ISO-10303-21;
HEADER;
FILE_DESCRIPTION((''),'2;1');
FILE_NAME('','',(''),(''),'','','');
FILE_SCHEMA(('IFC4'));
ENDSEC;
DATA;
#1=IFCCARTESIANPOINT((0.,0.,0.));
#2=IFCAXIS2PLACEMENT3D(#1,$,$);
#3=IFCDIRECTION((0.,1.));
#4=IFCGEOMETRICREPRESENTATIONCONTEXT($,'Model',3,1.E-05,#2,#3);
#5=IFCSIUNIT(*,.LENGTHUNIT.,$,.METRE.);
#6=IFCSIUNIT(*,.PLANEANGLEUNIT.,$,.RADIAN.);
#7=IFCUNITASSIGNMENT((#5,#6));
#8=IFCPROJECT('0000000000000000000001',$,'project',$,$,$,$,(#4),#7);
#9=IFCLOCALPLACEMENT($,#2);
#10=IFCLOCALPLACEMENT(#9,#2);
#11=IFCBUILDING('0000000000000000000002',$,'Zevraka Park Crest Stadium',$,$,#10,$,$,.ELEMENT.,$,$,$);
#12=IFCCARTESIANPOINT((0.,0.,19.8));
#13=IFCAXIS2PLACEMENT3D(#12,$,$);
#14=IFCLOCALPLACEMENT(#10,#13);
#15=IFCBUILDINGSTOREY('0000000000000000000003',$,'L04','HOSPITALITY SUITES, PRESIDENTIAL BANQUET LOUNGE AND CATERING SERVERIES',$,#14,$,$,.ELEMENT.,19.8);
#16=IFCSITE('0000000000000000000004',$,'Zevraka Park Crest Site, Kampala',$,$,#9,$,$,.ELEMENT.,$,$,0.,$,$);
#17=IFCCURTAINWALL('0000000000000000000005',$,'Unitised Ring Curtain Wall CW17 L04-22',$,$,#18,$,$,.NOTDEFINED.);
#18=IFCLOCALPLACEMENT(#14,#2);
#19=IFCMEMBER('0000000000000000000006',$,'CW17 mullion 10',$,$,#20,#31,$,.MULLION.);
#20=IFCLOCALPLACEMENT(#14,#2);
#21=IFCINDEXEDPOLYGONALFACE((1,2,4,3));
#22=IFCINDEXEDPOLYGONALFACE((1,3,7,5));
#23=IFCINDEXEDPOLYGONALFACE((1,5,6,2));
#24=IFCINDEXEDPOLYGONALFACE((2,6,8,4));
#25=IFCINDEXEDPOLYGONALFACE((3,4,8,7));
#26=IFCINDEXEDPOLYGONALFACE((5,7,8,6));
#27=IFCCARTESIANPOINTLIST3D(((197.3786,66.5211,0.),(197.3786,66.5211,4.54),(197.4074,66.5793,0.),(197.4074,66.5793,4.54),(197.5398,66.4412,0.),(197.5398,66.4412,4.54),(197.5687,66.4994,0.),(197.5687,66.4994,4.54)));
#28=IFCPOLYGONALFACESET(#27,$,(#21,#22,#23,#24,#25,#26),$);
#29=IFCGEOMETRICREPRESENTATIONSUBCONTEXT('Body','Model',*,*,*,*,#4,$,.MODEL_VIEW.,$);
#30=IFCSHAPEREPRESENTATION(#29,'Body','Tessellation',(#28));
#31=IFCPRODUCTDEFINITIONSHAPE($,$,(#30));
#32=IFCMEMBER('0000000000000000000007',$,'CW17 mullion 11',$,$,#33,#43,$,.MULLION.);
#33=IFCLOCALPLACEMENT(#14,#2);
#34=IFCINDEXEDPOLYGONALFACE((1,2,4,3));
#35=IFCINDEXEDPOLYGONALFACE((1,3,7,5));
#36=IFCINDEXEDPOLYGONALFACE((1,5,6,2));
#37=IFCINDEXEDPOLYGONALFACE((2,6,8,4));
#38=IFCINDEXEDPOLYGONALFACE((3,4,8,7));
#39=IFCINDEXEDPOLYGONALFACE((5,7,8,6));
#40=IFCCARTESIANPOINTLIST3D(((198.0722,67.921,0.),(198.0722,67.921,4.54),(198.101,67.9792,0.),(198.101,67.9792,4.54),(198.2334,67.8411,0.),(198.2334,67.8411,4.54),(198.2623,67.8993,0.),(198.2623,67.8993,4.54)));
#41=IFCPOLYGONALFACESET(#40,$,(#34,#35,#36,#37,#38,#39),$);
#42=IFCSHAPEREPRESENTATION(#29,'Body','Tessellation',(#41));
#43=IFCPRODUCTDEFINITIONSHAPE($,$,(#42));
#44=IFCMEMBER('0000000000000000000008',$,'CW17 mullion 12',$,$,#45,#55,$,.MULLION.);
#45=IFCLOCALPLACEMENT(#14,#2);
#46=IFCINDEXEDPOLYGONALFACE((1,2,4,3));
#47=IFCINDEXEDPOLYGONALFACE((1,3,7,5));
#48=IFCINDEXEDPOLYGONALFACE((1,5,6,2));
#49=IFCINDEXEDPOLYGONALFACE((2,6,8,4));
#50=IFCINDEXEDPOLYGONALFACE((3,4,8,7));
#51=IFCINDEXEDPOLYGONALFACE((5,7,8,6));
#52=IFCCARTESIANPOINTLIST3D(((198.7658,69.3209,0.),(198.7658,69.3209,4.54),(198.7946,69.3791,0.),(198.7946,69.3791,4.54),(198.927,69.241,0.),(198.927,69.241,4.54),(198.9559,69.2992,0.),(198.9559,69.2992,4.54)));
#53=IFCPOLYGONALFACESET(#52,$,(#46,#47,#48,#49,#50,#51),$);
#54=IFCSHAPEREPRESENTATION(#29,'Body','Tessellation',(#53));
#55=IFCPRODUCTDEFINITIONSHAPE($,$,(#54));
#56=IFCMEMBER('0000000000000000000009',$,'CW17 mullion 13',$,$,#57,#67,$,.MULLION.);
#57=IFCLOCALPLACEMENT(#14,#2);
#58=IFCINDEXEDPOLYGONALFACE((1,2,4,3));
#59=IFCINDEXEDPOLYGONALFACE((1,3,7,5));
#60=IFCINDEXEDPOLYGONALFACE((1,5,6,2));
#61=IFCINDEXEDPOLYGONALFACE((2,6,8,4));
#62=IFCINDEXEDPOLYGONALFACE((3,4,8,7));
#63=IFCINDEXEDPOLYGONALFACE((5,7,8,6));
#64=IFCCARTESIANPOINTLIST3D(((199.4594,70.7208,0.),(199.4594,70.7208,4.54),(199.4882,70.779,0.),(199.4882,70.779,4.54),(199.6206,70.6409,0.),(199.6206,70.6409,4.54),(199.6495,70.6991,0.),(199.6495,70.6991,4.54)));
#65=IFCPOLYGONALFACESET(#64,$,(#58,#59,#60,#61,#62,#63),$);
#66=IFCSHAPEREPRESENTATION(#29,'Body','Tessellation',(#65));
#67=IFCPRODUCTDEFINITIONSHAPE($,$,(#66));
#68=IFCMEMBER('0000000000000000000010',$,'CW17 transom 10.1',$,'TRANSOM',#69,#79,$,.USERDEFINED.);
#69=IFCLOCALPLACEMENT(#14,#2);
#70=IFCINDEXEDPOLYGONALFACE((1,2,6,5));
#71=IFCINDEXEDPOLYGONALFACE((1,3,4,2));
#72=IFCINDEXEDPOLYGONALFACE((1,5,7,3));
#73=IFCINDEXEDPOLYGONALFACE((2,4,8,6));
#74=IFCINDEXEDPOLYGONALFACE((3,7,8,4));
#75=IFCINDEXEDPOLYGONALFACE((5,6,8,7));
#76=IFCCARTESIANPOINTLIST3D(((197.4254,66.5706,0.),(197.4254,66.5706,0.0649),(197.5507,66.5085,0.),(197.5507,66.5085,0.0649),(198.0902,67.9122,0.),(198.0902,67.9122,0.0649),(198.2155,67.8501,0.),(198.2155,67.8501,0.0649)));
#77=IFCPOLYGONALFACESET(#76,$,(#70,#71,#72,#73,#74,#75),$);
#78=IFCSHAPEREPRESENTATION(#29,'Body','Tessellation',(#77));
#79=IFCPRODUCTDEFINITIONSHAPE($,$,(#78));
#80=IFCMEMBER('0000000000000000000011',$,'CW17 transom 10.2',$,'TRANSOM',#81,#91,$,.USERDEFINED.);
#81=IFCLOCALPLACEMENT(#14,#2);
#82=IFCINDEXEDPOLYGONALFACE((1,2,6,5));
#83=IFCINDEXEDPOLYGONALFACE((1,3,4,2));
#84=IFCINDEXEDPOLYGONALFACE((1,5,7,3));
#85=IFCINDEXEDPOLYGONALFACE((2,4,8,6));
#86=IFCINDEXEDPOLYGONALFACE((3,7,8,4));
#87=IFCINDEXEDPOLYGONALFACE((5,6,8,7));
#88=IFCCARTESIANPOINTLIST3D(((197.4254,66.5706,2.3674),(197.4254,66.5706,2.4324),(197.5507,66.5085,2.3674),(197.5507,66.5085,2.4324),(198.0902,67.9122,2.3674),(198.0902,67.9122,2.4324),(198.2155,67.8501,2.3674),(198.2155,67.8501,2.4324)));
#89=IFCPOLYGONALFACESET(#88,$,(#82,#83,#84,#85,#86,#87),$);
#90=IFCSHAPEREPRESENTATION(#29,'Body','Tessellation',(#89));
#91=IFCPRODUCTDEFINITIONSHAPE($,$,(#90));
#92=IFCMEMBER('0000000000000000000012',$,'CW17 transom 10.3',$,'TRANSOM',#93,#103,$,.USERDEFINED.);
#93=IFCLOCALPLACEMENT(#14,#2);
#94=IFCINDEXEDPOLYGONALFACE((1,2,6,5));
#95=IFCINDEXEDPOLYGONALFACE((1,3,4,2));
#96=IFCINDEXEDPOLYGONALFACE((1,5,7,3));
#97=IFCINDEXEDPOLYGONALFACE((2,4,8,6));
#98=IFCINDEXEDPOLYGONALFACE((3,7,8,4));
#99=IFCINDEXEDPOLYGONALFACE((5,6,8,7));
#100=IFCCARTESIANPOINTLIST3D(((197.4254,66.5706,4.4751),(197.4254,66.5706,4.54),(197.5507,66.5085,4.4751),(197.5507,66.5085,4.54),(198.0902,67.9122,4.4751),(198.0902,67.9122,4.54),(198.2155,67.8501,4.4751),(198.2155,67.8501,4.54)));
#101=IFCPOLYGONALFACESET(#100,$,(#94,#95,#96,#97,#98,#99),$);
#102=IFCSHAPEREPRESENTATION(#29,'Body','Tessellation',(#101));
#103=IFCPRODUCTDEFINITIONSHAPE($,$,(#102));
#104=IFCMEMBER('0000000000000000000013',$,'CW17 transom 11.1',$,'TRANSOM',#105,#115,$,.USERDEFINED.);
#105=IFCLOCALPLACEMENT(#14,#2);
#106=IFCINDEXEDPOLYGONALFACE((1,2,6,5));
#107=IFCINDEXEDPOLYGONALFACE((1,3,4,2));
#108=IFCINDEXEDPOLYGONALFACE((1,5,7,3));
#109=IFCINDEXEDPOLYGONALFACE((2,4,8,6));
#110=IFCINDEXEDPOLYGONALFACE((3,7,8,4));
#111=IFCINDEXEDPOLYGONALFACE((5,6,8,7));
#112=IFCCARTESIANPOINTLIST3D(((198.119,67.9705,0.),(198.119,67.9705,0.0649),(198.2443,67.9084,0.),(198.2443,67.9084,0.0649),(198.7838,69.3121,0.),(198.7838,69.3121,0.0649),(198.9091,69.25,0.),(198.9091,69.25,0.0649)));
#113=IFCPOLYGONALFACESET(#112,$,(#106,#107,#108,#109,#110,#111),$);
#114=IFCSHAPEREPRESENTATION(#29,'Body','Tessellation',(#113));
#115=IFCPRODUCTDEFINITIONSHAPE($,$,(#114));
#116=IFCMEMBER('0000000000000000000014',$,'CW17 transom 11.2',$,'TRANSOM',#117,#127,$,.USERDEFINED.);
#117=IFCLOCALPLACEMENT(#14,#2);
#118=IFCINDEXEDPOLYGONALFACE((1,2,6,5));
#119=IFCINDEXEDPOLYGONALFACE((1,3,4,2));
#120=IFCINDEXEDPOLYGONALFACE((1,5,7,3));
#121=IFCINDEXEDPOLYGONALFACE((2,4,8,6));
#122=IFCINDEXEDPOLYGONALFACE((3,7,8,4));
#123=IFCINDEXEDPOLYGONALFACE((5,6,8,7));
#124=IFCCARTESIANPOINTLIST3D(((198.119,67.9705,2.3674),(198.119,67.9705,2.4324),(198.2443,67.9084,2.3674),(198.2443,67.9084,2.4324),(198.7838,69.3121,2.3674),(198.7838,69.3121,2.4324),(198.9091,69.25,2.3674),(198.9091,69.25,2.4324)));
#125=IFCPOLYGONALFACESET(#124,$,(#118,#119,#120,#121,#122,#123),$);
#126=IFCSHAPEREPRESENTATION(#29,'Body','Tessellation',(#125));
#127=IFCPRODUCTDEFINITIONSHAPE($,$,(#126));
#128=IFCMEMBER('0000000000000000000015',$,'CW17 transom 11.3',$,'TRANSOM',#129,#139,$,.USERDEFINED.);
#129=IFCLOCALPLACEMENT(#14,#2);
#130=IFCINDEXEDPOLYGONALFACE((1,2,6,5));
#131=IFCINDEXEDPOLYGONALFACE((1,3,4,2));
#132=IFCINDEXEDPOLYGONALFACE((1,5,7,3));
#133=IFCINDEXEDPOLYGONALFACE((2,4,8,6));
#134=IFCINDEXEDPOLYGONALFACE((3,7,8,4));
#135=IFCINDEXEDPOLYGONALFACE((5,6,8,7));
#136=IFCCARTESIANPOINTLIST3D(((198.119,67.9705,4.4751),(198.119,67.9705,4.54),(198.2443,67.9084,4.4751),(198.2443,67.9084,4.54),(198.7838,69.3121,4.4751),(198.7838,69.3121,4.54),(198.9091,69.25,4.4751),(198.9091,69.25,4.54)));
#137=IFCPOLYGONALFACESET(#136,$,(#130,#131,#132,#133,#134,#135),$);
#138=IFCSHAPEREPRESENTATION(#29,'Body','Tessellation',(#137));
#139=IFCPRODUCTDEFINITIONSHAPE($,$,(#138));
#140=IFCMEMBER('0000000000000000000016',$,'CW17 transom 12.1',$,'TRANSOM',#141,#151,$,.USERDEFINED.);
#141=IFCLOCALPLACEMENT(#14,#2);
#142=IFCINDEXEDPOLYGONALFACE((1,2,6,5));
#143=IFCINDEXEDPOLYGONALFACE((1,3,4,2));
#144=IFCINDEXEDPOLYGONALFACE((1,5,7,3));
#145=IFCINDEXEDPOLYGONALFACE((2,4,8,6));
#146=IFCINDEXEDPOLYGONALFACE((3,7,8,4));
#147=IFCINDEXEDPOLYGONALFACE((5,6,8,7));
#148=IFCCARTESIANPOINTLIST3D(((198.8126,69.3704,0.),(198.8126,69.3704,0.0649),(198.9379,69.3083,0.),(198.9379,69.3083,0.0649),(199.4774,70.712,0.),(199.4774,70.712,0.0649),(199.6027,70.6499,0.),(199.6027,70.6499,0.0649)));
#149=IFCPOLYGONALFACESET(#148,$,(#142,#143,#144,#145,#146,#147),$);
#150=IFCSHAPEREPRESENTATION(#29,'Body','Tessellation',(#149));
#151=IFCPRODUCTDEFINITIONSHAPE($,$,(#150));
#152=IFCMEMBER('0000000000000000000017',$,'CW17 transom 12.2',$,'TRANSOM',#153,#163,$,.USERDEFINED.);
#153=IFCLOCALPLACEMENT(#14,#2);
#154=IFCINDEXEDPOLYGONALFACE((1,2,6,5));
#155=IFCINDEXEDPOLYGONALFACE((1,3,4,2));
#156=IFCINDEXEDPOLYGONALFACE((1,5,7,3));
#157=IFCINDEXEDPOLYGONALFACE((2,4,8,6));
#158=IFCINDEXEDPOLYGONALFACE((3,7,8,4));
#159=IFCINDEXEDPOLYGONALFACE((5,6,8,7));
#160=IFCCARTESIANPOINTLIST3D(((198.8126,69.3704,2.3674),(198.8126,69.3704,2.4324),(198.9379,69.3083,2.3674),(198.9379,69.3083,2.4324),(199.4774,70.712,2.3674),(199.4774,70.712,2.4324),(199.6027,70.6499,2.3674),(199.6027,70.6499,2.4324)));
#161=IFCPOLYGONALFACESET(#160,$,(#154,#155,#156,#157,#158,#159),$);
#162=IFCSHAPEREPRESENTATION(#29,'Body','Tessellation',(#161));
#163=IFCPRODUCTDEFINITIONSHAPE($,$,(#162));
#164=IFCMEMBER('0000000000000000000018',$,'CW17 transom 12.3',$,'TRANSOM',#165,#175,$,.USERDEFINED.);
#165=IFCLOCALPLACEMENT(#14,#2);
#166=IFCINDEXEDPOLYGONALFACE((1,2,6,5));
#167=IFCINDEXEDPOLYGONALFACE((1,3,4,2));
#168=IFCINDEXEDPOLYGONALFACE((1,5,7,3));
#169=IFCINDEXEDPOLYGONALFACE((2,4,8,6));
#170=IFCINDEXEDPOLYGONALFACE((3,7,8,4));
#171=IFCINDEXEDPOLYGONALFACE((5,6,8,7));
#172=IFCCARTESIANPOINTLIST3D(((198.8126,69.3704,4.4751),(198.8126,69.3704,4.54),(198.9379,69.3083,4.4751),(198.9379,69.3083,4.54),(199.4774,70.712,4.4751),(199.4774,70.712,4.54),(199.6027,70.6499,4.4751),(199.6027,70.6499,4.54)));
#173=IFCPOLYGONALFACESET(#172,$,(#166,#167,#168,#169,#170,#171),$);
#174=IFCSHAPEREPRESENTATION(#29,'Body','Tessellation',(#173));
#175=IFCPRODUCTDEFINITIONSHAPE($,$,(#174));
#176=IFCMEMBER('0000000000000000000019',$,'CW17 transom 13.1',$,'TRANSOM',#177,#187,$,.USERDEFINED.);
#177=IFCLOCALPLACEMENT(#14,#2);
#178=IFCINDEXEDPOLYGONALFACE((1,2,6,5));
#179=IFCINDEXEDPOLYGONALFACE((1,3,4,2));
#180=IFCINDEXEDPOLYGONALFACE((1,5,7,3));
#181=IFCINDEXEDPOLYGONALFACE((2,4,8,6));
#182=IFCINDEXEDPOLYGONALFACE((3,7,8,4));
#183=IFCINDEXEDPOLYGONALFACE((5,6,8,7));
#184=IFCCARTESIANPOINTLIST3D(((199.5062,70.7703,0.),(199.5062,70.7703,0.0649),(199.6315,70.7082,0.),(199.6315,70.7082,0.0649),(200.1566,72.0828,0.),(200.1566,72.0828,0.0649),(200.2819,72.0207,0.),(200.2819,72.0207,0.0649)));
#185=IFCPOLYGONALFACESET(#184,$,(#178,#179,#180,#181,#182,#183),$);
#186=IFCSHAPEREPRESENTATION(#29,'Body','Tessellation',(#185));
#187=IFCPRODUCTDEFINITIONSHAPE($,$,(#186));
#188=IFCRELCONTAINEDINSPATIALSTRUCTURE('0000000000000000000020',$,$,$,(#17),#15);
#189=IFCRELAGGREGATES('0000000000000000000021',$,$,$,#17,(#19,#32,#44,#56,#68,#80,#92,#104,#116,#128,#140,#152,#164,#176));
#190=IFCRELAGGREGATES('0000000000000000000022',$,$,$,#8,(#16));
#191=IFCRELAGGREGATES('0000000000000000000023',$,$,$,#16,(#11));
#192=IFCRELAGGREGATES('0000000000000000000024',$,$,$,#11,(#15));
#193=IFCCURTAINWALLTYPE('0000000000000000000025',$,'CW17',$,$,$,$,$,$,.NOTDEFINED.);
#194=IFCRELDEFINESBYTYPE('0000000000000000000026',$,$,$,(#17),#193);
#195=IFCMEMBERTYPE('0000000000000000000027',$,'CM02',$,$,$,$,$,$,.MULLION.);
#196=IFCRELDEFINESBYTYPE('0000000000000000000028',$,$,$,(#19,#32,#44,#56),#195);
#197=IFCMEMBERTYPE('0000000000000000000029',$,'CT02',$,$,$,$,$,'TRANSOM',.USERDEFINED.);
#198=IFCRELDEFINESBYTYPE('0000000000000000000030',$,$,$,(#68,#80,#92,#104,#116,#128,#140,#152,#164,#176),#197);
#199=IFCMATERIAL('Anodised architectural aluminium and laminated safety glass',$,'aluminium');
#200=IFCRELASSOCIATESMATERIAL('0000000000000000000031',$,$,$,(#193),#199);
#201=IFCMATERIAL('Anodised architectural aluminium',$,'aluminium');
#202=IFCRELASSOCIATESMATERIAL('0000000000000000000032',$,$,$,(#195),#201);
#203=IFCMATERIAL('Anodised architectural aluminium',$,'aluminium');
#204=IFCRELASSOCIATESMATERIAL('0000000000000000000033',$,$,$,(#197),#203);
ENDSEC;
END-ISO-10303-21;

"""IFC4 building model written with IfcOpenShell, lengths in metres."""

from ifc_helpers import new_model, si_unit, direction, frame, origin, origin_2d, place, context, subcontext, project, spatial, rectangle, extrude, material, material_profile, profile_set, type_object, element, aggregate, save


model = new_model("IFC4")

# Units and contexts
model_context = context("Model", 3, precision=1e-05, world=origin(), true_north=direction((0.0, 1.0)))
body_context = subcontext(model_context, "Body", "Model", "MODEL_VIEW")
ifc_project = project(units=[si_unit("LENGTHUNIT", "METRE"), si_unit("PLANEANGLEUNIT", "RADIAN")], contexts=[model_context])

# Site, building, storey
site_placement = place(None, origin())
site = spatial("IfcSite", under=ifc_project, at=site_placement, Name="Zevraka Park Crest Site, Kampala", CompositionType="ELEMENT", RefElevation=0.0)
building_placement = place(site_placement, origin())
building = spatial("IfcBuilding", under=site, at=building_placement, Name="Zevraka Park Crest Stadium", CompositionType="ELEMENT")
storey_placement = place(building_placement, frame((0.0, 0.0, 19.8)))
storey = spatial("IfcBuildingStorey", under=building, at=storey_placement, Name="L04", Description="HOSPITALITY SUITES, PRESIDENTIAL BANQUET LOUNGE AND CATERING SERVERIES", CompositionType="ELEMENT", Elevation=19.8)

# Curtain wall, members
ifc_material_1 = material(Name="Anodised architectural aluminium and laminated safety glass", Category="aluminium")
curtain_wall_type = type_object("IfcCurtainWallType", Name="CW17", PredefinedType="NOTDEFINED", material=ifc_material_1)
curtain_wall_placement = place(storey_placement, origin())
curtain_wall = element("IfcCurtainWall", 1, at=curtain_wall_placement, inside=storey, type_object=curtain_wall_type, Name="Unitised Ring Curtain Wall CW17 L04-22", PredefinedType="NOTDEFINED")
ifc_material_2 = material(Name="Anodised architectural aluminium", Category="aluminium")
ifc_material_profile_1 = material_profile(ifc_material_2, rectangle(XDim=0.1799, YDim=0.0649, at=origin_2d()), Name="ALU MULLION 180x65")
ifc_profile_set_1 = profile_set([ifc_material_profile_1], Name="Anodised architectural aluminium")
member_type_1 = type_object("IfcMemberType", Name="CM02", PredefinedType="MULLION", material=ifc_profile_set_1)
member_1_placement = place(storey_placement, frame((197.4736, 66.5103, 0.0), z_axis=(0.0, 0.0, 1.0), x_axis=(-0.896046, 0.443961, 0.0)))
member_1 = element("IfcMember", 2, at=member_1_placement, type_object=member_type_1, Name="CW17 mullion 10", PredefinedType="MULLION", context=body_context, shape_type="SweptSolid", body=[
    extrude(rectangle(XDim=0.1799, YDim=0.0649, at=origin_2d()), origin(), (0.0, 0.0, 1.0), 4.54),
])
member_2_placement = place(storey_placement, frame((198.1672, 67.9102, 0.0), z_axis=(0.0, 0.0, 1.0), x_axis=(-0.896046, 0.443961, 0.0)))
member_2 = element("IfcMember", 3, at=member_2_placement, type_object=member_type_1, Name="CW17 mullion 11", PredefinedType="MULLION", context=body_context, shape_type="SweptSolid", body=[
    extrude(rectangle(XDim=0.1799, YDim=0.0649, at=origin_2d()), origin(), (0.0, 0.0, 1.0), 4.54),
])
member_3_placement = place(storey_placement, frame((198.8608, 69.3101, 0.0), z_axis=(0.0, 0.0, 1.0), x_axis=(-0.896046, 0.443961, 0.0)))
member_3 = element("IfcMember", 4, at=member_3_placement, type_object=member_type_1, Name="CW17 mullion 12", PredefinedType="MULLION", context=body_context, shape_type="SweptSolid", body=[
    extrude(rectangle(XDim=0.1799, YDim=0.0649, at=origin_2d()), origin(), (0.0, 0.0, 1.0), 4.54),
])
member_4_placement = place(storey_placement, frame((199.5544, 70.71, 0.0), z_axis=(0.0, 0.0, 1.0), x_axis=(-0.896046, 0.443961, 0.0)))
member_4 = element("IfcMember", 5, at=member_4_placement, type_object=member_type_1, Name="CW17 mullion 13", PredefinedType="MULLION", context=body_context, shape_type="SweptSolid", body=[
    extrude(rectangle(XDim=0.1799, YDim=0.0649, at=origin_2d()), origin(), (0.0, 0.0, 1.0), 4.54),
])
ifc_material_3 = material(Name="Anodised architectural aluminium", Category="aluminium")
ifc_material_profile_2 = material_profile(ifc_material_3, rectangle(XDim=0.1399, YDim=0.0649, at=origin_2d()), Name="ALU TRANSOM 140x65")
ifc_profile_set_2 = profile_set([ifc_material_profile_2], Name="Anodised architectural aluminium")
member_type_2 = type_object("IfcMemberType", Name="CT02", ElementType="TRANSOM", PredefinedType="USERDEFINED", material=ifc_profile_set_2)
member_5_placement = place(storey_placement, frame((197.488, 66.5396, 0.0325), z_axis=(0.444015, 0.896019, 0.0), x_axis=(-0.896019, 0.444015, 0.0)))
member_5 = element("IfcMember", 6, at=member_5_placement, type_object=member_type_2, Name="CW17 transom 10.1", ObjectType="TRANSOM", PredefinedType="USERDEFINED", context=body_context, shape_type="SweptSolid", body=[
    extrude(rectangle(XDim=0.1399, YDim=0.0649, at=origin_2d()), origin(), (0.0, 0.0, 1.0), 1.4973),
])
member_6_placement = place(storey_placement, frame((197.488, 66.5396, 2.3999), z_axis=(0.444015, 0.896019, 0.0), x_axis=(-0.896019, 0.444015, 0.0)))
member_6 = element("IfcMember", 7, at=member_6_placement, type_object=member_type_2, Name="CW17 transom 10.2", ObjectType="TRANSOM", PredefinedType="USERDEFINED", context=body_context, shape_type="SweptSolid", body=[
    extrude(rectangle(XDim=0.1399, YDim=0.0649, at=origin_2d()), origin(), (0.0, 0.0, 1.0), 1.4973),
])
member_7_placement = place(storey_placement, frame((197.488, 66.5396, 4.5076), z_axis=(0.444015, 0.896019, 0.0), x_axis=(-0.896019, 0.444015, 0.0)))
member_7 = element("IfcMember", 8, at=member_7_placement, type_object=member_type_2, Name="CW17 transom 10.3", ObjectType="TRANSOM", PredefinedType="USERDEFINED", context=body_context, shape_type="SweptSolid", body=[
    extrude(rectangle(XDim=0.1399, YDim=0.0649, at=origin_2d()), origin(), (0.0, 0.0, 1.0), 1.4973),
])
member_8_placement = place(storey_placement, frame((198.1816, 67.9395, 0.0325), z_axis=(0.444015, 0.896019, 0.0), x_axis=(-0.896019, 0.444015, 0.0)))
member_8 = element("IfcMember", 9, at=member_8_placement, type_object=member_type_2, Name="CW17 transom 11.1", ObjectType="TRANSOM", PredefinedType="USERDEFINED", context=body_context, shape_type="SweptSolid", body=[
    extrude(rectangle(XDim=0.1399, YDim=0.0649, at=origin_2d()), origin(), (0.0, 0.0, 1.0), 1.4973),
])
member_9_placement = place(storey_placement, frame((198.1816, 67.9395, 2.3999), z_axis=(0.444015, 0.896019, 0.0), x_axis=(-0.896019, 0.444015, 0.0)))
member_9 = element("IfcMember", 10, at=member_9_placement, type_object=member_type_2, Name="CW17 transom 11.2", ObjectType="TRANSOM", PredefinedType="USERDEFINED", context=body_context, shape_type="SweptSolid", body=[
    extrude(rectangle(XDim=0.1399, YDim=0.0649, at=origin_2d()), origin(), (0.0, 0.0, 1.0), 1.4973),
])
member_10_placement = place(storey_placement, frame((198.1816, 67.9395, 4.5076), z_axis=(0.444015, 0.896019, 0.0), x_axis=(-0.896019, 0.444015, 0.0)))
member_10 = element("IfcMember", 11, at=member_10_placement, type_object=member_type_2, Name="CW17 transom 11.3", ObjectType="TRANSOM", PredefinedType="USERDEFINED", context=body_context, shape_type="SweptSolid", body=[
    extrude(rectangle(XDim=0.1399, YDim=0.0649, at=origin_2d()), origin(), (0.0, 0.0, 1.0), 1.4973),
])
member_11_placement = place(storey_placement, frame((198.8752, 69.3394, 0.0325), z_axis=(0.444015, 0.896019, 0.0), x_axis=(-0.896019, 0.444015, 0.0)))
member_11 = element("IfcMember", 12, at=member_11_placement, type_object=member_type_2, Name="CW17 transom 12.1", ObjectType="TRANSOM", PredefinedType="USERDEFINED", context=body_context, shape_type="SweptSolid", body=[
    extrude(rectangle(XDim=0.1399, YDim=0.0649, at=origin_2d()), origin(), (0.0, 0.0, 1.0), 1.4973),
])
member_12_placement = place(storey_placement, frame((198.8752, 69.3394, 2.3999), z_axis=(0.444015, 0.896019, 0.0), x_axis=(-0.896019, 0.444015, 0.0)))
member_12 = element("IfcMember", 13, at=member_12_placement, type_object=member_type_2, Name="CW17 transom 12.2", ObjectType="TRANSOM", PredefinedType="USERDEFINED", context=body_context, shape_type="SweptSolid", body=[
    extrude(rectangle(XDim=0.1399, YDim=0.0649, at=origin_2d()), origin(), (0.0, 0.0, 1.0), 1.4973),
])
member_13_placement = place(storey_placement, frame((198.8752, 69.3394, 4.5076), z_axis=(0.444015, 0.896019, 0.0), x_axis=(-0.896019, 0.444015, 0.0)))
member_13 = element("IfcMember", 14, at=member_13_placement, type_object=member_type_2, Name="CW17 transom 12.3", ObjectType="TRANSOM", PredefinedType="USERDEFINED", context=body_context, shape_type="SweptSolid", body=[
    extrude(rectangle(XDim=0.1399, YDim=0.0649, at=origin_2d()), origin(), (0.0, 0.0, 1.0), 1.4973),
])
member_14_placement = place(storey_placement, frame((199.5688, 70.7393, 0.0325), z_axis=(0.444011, 0.896022, 0.0), x_axis=(-0.896022, 0.444011, 0.0)))
member_14 = element("IfcMember", 15, at=member_14_placement, type_object=member_type_2, Name="CW17 transom 13.1", ObjectType="TRANSOM", PredefinedType="USERDEFINED", context=body_context, shape_type="SweptSolid", body=[
    extrude(rectangle(XDim=0.1399, YDim=0.0649, at=origin_2d()), origin(), (0.0, 0.0, 1.0), 1.4648),
])
aggregate(curtain_wall, [member_1, member_2, member_3, member_4, member_5, member_6, member_7, member_8, member_9, member_10, member_11, member_12, member_13, member_14])

save(model, "model.ifc")
